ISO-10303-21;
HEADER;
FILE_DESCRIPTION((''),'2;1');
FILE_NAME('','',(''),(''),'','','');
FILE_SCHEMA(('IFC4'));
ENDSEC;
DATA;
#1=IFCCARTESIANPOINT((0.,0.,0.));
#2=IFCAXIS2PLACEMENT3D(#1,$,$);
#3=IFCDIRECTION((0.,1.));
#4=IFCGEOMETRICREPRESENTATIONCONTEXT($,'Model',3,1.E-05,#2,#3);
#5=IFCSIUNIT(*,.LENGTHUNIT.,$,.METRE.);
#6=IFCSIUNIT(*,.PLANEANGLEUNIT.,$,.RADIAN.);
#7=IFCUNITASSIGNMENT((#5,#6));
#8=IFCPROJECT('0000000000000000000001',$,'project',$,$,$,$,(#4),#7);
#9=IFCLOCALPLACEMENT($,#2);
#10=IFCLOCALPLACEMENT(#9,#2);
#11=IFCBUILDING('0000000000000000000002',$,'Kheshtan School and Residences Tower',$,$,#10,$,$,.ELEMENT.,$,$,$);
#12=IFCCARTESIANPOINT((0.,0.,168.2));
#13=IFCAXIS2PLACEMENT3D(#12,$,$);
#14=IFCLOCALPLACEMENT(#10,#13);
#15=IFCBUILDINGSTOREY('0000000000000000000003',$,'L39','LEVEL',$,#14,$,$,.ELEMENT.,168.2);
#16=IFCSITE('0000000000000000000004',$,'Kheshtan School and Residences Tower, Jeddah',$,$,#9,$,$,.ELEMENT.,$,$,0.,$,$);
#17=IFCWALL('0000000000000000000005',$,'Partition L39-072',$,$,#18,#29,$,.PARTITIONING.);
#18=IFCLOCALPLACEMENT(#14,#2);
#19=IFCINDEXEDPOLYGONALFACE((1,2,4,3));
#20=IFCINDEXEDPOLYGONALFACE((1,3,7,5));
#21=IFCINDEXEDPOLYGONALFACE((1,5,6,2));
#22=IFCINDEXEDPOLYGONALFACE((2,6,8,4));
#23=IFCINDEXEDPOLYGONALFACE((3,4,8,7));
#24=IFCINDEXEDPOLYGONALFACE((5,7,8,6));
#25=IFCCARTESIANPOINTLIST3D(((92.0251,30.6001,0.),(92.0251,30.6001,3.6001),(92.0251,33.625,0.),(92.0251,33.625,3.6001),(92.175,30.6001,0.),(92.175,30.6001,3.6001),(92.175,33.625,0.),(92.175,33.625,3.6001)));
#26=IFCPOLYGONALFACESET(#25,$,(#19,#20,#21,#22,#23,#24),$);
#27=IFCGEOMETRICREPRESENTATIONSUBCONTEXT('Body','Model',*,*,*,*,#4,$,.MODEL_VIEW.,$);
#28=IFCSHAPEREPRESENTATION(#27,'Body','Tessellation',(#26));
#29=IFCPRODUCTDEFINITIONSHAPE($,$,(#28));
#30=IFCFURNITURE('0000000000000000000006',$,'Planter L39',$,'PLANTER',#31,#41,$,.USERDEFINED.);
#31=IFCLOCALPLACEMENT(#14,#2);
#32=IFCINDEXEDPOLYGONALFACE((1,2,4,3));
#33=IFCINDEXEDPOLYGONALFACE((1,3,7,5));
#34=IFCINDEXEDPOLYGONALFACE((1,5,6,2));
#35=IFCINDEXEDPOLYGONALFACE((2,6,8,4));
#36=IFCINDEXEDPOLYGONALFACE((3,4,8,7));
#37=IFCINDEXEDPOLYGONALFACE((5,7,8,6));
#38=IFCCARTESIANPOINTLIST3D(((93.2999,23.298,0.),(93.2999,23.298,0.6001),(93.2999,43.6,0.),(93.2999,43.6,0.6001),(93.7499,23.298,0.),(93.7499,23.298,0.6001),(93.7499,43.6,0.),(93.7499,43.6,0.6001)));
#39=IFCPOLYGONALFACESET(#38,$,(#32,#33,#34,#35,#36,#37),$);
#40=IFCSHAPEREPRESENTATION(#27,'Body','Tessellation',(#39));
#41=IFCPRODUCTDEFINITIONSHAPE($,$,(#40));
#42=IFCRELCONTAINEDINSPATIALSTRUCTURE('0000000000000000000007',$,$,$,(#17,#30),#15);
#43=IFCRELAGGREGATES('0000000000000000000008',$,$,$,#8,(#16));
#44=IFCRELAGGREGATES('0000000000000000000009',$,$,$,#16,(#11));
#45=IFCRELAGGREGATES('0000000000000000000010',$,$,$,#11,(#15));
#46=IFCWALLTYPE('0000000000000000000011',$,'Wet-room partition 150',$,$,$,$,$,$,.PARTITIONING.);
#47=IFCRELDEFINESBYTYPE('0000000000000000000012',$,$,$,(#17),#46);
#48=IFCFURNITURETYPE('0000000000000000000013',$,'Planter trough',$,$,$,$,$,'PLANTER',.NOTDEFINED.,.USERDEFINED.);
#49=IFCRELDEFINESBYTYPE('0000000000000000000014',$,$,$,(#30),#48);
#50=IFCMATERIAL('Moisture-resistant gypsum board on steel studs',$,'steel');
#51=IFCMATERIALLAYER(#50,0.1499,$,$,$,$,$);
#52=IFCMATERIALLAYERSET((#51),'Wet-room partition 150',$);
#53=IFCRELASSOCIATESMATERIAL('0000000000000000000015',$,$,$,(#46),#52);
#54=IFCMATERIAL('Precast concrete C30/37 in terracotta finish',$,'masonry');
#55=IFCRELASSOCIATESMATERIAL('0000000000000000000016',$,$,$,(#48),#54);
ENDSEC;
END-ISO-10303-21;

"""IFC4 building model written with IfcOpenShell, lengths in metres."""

from ifc_helpers import new_model, si_unit, direction, frame, frame_2d, origin, origin_2d, place, context, subcontext, project, spatial, rectangle, extrude, material, layer, layer_set, type_object, element, save


model = new_model("IFC4")

# Units and contexts
model_context = context("Model", 3, precision=1e-05, world=origin(), true_north=direction((0.0, 1.0)))
body_context = subcontext(model_context, "Body", "Model", "MODEL_VIEW")
ifc_project = project(units=[si_unit("LENGTHUNIT", "METRE"), si_unit("PLANEANGLEUNIT", "RADIAN")], contexts=[model_context])

# Site, building, storey
site_placement = place(None, origin())
site = spatial("IfcSite", under=ifc_project, at=site_placement, Name="Kheshtan School and Residences Tower, Jeddah", CompositionType="ELEMENT", RefElevation=0.0)
building_placement = place(site_placement, origin())
building = spatial("IfcBuilding", under=site, at=building_placement, Name="Kheshtan School and Residences Tower", CompositionType="ELEMENT")
storey_placement = place(building_placement, frame((0.0, 0.0, 168.2)))
storey = spatial("IfcBuildingStorey", under=building, at=storey_placement, Name="L39", Description="LEVEL", CompositionType="ELEMENT", Elevation=168.2)

# Shared definitions
ifc_material_1 = material(Name="Moisture-resistant gypsum board on steel studs", Category="steel")
ifc_layer_1 = layer(ifc_material_1, 0.1499)
ifc_layer_set_1 = layer_set([ifc_layer_1], Name="Wet-room partition 150")
wall_type_1 = type_object("IfcWallType", Name="Wet-room partition 150", PredefinedType="PARTITIONING", material=ifc_layer_set_1)

# Wall
wall_1_placement = place(storey_placement, frame((92.1001, 30.6001, 0.0), z_axis=(0.0, 0.0, 1.0), x_axis=(0.0, 1.0, 0.0)))
element("IfcWall", 1, at=wall_1_placement, inside=storey, type_object=wall_type_1, Name="Partition L39-072", PredefinedType="PARTITIONING", context=body_context, shape_type="SweptSolid", body=[
    extrude(rectangle(XDim=3.0249, YDim=0.1499, at=frame_2d((1.5125, 0.0))), origin(), (0.0, 0.0, 1.0), 3.6001),
])

# Furniture
ifc_material_2 = material(Name="Precast concrete C30/37 in terracotta finish", Category="masonry")
furniture_type = type_object("IfcFurnitureType", Name="Planter trough", ElementType="PLANTER", AssemblyPlace="NOTDEFINED", PredefinedType="USERDEFINED", material=ifc_material_2)
furniture_placement = place(storey_placement, frame((93.5249, 33.449, 0.0), z_axis=(0.0, 0.0, 1.0), x_axis=(0.0, -1.0, 0.0)))
element("IfcFurniture", 2, at=furniture_placement, inside=storey, type_object=furniture_type, Name="Planter L39", ObjectType="PLANTER", PredefinedType="USERDEFINED", context=body_context, shape_type="SweptSolid", body=[
    extrude(rectangle(XDim=20.302, YDim=0.45, at=origin_2d()), origin(), (0.0, 0.0, 1.0), 0.6001),
])

save(model, "model.ifc")
